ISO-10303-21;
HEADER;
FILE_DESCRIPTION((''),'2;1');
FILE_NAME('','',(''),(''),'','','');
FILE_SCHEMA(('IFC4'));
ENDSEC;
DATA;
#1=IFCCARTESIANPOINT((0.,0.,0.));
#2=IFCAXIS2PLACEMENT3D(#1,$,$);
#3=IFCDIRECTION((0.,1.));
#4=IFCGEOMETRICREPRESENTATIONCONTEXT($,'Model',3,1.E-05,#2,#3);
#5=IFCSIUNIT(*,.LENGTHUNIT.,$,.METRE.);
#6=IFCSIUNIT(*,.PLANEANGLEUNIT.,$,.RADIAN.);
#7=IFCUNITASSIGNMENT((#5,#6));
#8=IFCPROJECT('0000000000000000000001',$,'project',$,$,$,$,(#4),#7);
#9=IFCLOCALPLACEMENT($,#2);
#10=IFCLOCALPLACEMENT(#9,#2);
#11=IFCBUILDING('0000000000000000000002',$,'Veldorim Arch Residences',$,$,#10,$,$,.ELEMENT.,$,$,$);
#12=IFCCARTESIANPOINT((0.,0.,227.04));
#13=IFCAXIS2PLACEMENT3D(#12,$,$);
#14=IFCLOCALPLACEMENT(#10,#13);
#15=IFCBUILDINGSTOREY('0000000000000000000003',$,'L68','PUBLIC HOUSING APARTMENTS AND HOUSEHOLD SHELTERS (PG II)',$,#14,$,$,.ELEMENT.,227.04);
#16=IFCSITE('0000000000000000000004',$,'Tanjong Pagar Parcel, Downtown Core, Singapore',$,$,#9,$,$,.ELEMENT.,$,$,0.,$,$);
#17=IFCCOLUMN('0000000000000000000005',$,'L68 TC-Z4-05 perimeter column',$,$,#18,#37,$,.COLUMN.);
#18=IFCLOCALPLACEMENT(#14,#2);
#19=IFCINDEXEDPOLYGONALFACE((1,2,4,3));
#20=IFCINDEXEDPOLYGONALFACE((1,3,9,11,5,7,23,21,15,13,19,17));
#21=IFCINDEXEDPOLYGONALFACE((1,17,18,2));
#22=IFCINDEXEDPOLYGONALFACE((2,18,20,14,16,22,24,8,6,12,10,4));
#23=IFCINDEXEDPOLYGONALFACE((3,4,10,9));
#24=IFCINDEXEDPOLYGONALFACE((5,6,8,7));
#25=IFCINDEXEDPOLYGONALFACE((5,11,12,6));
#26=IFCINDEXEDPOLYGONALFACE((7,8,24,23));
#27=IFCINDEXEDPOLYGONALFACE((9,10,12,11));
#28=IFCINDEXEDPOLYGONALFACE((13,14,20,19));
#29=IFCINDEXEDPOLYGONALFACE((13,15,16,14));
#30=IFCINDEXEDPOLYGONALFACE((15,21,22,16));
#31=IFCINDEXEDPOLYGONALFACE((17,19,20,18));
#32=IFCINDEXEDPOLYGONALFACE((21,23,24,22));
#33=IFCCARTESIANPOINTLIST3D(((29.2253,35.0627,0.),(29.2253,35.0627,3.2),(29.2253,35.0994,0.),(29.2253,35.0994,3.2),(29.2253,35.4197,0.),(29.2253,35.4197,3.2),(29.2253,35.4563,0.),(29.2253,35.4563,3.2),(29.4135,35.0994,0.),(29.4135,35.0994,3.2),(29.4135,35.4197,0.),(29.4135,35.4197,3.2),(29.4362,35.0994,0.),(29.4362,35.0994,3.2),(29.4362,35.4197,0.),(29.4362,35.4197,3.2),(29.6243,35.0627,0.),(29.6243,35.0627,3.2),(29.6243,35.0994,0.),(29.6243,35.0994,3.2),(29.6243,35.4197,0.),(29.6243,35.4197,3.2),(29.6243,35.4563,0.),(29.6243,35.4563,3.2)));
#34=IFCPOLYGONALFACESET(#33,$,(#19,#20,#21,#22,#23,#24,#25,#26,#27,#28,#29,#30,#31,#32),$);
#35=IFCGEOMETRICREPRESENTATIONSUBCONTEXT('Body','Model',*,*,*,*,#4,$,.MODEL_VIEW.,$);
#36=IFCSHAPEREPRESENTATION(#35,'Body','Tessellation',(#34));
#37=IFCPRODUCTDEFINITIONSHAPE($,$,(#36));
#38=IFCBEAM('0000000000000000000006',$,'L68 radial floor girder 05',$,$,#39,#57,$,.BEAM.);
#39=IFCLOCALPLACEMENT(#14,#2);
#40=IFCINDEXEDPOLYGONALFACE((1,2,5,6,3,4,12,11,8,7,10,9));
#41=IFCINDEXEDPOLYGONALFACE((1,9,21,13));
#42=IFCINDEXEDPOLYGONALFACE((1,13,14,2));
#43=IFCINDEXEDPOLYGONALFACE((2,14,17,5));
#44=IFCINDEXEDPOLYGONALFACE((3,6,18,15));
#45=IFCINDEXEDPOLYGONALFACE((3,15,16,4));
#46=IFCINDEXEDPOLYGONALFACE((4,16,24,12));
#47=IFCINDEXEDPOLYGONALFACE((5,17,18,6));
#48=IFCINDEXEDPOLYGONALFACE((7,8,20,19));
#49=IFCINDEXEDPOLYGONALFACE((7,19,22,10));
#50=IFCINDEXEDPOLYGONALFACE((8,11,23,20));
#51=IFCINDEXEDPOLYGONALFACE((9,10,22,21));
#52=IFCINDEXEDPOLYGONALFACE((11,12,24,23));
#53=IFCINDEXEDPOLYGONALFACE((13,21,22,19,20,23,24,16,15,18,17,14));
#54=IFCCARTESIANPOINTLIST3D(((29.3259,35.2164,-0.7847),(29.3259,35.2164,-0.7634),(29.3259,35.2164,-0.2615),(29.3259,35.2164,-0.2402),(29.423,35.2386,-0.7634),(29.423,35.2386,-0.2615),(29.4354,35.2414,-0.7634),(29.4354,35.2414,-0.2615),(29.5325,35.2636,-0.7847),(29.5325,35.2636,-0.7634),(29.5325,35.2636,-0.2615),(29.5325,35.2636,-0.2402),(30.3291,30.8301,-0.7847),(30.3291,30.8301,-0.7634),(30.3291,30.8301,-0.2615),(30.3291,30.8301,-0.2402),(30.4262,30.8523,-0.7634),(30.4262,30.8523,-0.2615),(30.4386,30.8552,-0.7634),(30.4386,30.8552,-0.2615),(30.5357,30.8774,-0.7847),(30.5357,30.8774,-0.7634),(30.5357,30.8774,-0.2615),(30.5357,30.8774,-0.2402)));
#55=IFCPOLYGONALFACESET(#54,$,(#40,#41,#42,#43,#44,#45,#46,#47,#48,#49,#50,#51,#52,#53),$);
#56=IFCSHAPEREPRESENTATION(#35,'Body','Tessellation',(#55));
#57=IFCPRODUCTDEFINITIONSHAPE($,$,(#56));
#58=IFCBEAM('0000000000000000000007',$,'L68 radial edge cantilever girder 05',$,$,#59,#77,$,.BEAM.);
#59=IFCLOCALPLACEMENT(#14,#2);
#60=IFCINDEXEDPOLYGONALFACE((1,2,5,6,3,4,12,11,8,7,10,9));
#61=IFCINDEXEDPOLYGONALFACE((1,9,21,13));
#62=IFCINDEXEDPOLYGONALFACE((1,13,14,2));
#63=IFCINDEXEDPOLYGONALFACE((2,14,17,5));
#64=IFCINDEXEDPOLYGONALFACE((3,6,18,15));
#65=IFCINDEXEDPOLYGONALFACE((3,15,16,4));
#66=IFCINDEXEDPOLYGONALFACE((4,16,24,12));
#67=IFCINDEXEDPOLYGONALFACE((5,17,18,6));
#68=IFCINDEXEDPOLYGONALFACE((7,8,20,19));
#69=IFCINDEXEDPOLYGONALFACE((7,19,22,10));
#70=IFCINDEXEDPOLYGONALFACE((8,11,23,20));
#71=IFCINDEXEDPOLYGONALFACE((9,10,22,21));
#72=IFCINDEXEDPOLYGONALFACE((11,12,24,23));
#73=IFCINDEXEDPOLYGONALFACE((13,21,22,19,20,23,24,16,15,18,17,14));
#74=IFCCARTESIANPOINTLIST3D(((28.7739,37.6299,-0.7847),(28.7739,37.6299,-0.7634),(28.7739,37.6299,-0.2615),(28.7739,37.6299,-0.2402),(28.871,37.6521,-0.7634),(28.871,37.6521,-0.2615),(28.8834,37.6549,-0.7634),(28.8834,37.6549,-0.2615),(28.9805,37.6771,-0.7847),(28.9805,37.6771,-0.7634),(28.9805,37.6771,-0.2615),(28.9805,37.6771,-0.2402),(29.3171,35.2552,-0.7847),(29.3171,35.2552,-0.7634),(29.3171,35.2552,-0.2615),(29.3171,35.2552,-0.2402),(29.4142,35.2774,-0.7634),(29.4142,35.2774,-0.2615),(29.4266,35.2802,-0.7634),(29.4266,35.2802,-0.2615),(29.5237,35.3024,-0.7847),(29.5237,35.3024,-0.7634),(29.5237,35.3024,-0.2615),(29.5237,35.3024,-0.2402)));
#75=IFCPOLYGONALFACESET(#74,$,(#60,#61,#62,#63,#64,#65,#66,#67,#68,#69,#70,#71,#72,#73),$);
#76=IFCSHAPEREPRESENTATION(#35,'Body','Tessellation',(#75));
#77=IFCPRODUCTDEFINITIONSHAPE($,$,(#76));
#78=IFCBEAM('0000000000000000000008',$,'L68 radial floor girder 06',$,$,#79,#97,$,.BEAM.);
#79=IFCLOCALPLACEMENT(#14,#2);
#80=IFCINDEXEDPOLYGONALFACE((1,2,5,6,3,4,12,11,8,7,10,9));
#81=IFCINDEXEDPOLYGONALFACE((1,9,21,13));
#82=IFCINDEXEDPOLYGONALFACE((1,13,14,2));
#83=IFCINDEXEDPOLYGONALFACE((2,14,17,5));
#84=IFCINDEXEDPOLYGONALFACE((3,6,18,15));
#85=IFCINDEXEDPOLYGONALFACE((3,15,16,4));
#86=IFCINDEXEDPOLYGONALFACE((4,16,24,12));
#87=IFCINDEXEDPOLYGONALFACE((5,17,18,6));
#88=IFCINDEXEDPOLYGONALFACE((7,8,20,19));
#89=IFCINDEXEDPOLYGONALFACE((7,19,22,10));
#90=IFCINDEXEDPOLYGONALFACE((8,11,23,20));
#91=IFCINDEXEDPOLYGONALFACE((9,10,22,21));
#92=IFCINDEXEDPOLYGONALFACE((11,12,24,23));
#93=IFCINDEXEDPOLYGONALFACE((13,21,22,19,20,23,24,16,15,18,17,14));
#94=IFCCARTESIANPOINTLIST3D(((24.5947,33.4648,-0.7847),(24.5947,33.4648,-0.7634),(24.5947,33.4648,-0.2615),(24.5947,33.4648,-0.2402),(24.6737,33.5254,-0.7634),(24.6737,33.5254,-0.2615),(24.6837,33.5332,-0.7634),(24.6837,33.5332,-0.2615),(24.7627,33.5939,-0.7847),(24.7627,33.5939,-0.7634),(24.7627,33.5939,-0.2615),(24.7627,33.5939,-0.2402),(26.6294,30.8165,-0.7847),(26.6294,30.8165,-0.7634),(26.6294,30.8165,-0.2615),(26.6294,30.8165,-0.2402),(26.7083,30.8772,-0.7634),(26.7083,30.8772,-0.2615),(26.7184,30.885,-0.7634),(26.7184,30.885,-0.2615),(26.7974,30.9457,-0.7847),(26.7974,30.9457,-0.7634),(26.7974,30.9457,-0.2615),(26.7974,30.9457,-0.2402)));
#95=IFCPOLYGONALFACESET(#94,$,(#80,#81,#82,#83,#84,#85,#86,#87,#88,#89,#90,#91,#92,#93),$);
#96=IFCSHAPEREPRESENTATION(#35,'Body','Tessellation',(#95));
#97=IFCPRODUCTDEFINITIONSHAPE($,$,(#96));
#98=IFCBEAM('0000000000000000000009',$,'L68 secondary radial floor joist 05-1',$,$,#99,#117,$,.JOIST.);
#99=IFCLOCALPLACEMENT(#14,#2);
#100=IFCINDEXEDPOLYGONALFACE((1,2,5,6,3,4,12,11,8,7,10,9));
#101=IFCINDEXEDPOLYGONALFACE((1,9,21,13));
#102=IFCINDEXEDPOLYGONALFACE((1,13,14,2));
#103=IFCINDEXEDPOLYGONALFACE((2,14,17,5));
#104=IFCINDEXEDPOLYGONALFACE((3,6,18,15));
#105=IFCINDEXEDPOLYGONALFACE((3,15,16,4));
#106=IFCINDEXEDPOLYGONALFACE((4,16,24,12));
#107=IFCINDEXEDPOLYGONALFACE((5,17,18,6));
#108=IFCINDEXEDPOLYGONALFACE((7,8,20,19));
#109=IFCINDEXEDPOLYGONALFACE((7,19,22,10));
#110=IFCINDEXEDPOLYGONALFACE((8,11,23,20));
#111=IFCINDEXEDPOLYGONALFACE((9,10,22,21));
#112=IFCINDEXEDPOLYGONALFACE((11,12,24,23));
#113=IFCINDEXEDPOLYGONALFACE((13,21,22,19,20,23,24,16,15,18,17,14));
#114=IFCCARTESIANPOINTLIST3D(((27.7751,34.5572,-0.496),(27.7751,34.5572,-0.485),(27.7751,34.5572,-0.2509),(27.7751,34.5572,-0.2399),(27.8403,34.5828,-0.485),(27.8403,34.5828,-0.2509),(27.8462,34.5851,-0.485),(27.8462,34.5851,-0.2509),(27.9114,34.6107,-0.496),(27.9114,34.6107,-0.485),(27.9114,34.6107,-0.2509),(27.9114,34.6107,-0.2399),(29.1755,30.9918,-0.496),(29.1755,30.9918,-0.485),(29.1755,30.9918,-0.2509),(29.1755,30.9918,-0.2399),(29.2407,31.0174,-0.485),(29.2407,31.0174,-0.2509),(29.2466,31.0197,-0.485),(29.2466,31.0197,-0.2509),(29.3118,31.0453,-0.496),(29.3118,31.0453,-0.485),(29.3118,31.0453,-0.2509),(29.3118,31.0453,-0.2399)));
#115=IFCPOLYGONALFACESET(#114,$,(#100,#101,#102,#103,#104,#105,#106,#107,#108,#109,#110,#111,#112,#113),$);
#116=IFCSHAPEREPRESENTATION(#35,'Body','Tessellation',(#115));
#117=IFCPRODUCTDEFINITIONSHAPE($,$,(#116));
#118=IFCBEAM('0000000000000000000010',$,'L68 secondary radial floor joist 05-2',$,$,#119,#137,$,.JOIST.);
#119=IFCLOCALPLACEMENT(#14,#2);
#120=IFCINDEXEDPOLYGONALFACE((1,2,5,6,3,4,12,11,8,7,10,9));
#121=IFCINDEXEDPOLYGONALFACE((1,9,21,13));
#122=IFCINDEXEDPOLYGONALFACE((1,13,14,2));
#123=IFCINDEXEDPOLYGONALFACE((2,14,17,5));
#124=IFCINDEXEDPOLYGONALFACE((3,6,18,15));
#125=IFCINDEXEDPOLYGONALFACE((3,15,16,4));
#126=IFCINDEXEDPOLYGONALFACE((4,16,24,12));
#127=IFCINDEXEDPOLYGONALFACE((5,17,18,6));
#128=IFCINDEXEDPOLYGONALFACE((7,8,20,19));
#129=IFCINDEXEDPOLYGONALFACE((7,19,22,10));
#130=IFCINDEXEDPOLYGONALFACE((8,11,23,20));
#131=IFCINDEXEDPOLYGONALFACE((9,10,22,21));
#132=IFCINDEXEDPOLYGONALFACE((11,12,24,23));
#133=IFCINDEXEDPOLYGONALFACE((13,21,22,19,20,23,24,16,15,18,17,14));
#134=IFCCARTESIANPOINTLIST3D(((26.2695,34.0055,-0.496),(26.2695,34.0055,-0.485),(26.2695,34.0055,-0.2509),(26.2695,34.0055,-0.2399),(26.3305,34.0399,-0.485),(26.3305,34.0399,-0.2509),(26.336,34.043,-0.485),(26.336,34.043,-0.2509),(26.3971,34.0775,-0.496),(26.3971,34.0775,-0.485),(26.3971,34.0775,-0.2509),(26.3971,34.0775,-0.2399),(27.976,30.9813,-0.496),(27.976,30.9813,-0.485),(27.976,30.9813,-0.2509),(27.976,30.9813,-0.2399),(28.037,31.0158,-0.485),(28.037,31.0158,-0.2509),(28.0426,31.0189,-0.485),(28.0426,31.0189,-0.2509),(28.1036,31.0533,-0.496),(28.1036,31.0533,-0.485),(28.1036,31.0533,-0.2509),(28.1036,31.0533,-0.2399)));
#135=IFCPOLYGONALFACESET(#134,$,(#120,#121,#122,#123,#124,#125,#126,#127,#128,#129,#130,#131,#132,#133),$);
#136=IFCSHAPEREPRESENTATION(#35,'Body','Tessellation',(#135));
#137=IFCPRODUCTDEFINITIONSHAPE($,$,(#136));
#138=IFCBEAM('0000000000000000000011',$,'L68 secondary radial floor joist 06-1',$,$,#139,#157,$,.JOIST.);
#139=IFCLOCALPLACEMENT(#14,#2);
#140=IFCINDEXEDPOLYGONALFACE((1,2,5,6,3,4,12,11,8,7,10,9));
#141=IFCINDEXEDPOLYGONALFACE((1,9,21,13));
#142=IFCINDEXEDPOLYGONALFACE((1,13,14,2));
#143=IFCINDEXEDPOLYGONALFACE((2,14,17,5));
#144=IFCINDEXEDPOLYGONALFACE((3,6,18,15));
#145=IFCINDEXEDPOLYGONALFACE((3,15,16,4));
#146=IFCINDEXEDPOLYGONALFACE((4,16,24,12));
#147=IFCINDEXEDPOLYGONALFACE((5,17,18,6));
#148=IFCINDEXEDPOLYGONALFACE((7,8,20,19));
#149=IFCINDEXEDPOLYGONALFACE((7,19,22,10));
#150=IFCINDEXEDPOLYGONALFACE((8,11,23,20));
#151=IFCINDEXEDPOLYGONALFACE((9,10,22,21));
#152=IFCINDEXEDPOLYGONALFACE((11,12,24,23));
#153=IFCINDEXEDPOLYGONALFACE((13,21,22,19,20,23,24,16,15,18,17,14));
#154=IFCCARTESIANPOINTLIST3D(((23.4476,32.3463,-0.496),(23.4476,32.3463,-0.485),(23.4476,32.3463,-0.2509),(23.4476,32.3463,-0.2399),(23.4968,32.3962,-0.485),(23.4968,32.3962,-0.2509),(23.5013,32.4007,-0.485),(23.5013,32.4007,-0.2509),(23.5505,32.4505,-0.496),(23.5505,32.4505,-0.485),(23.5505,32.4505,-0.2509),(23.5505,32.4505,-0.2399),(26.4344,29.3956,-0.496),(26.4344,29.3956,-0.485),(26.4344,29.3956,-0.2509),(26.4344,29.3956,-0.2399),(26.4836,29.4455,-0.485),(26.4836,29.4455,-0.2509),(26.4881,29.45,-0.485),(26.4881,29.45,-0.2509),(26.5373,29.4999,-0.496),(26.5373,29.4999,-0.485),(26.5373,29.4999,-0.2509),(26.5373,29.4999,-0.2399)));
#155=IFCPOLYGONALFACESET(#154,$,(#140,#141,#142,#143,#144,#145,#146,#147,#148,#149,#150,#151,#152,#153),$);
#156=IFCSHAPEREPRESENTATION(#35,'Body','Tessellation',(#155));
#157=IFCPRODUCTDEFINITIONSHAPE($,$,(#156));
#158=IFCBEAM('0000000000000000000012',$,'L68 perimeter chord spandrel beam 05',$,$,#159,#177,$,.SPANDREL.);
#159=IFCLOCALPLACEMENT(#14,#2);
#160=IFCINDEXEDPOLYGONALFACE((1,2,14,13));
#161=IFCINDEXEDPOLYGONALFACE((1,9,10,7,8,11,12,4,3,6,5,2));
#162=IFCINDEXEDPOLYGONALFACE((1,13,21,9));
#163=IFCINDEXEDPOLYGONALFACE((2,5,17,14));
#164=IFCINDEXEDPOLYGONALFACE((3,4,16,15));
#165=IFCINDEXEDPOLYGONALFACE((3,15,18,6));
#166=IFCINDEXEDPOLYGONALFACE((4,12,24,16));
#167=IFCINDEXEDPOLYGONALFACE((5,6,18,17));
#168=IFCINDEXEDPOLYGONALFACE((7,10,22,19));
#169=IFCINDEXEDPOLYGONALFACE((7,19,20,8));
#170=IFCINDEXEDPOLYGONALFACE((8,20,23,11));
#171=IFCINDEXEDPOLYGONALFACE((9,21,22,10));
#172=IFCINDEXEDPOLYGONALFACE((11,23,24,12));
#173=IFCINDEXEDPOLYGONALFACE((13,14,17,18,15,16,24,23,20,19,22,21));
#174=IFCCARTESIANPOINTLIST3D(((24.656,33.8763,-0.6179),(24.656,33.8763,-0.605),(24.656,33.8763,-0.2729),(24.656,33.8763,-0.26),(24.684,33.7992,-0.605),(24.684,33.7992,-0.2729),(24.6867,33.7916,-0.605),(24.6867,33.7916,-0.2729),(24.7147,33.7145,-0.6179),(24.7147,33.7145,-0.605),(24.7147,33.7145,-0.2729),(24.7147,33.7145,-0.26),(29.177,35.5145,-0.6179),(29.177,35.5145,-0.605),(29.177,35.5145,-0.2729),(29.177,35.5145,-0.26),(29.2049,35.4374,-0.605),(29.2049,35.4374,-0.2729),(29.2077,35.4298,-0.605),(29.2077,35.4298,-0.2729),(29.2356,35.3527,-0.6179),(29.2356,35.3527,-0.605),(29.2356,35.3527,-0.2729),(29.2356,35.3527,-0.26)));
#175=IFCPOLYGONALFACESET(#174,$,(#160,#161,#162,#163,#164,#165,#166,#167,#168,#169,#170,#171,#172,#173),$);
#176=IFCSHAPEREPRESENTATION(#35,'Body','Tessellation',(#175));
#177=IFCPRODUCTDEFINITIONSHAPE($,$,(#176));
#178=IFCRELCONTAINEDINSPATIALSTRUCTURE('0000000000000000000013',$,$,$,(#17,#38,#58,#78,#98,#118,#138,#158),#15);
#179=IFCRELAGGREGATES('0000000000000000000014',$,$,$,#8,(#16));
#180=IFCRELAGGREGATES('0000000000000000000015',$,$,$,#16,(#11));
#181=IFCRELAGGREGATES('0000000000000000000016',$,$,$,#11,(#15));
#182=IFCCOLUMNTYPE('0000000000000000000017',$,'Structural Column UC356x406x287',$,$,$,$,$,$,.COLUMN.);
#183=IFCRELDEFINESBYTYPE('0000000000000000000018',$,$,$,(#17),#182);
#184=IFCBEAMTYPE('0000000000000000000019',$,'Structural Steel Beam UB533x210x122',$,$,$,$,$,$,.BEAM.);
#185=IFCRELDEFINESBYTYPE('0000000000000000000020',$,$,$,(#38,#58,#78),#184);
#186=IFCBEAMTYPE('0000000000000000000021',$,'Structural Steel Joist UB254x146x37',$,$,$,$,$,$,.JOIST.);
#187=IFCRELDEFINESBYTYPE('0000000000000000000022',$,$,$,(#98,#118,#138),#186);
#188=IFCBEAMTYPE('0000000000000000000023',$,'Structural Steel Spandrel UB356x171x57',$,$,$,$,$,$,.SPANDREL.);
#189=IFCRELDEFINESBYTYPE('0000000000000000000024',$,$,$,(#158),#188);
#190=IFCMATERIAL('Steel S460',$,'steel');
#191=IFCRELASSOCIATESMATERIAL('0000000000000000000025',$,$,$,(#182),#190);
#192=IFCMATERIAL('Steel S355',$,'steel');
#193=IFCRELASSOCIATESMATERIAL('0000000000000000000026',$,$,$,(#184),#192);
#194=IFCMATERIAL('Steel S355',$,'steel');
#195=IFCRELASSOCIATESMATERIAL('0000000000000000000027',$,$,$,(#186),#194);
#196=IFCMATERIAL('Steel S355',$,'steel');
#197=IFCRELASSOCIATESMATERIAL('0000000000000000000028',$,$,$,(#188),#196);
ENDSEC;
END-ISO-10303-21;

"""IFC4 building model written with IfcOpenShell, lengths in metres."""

from ifc_helpers import new_model, si_unit, direction, frame, origin, origin_2d, place, context, subcontext, project, spatial, i_section, extrude, material, material_profile, profile_set, type_object, element, save


model = new_model("IFC4")

# Units and contexts
model_context = context("Model", 3, precision=1e-05, world=origin(), true_north=direction((0.0, 1.0)))
body_context = subcontext(model_context, "Body", "Model", "MODEL_VIEW")
ifc_project = project(units=[si_unit("LENGTHUNIT", "METRE"), si_unit("PLANEANGLEUNIT", "RADIAN")], contexts=[model_context])

# Site, building, storey
site_placement = place(None, origin())
site = spatial("IfcSite", under=ifc_project, at=site_placement, Name="Tanjong Pagar Parcel, Downtown Core, Singapore", CompositionType="ELEMENT", RefElevation=0.0)
building_placement = place(site_placement, origin())
building = spatial("IfcBuilding", under=site, at=building_placement, Name="Veldorim Arch Residences", CompositionType="ELEMENT")
storey_placement = place(building_placement, frame((0.0, 0.0, 227.04)))
storey = spatial("IfcBuildingStorey", under=building, at=storey_placement, Name="L68", Description="PUBLIC HOUSING APARTMENTS AND HOUSEHOLD SHELTERS (PG II)", CompositionType="ELEMENT", Elevation=227.04)

# Column
ifc_material_1 = material(Name="Steel S460", Category="steel")
ifc_material_profile_1 = material_profile(ifc_material_1, i_section(OverallWidth=0.3989, OverallDepth=0.3936, WebThickness=0.0227, FlangeThickness=0.0366, at=origin_2d()), Name="UC356x406x287")
ifc_profile_set_1 = profile_set([ifc_material_profile_1], Name="Steel S460")
column_type = type_object("IfcColumnType", Name="Structural Column UC356x406x287", PredefinedType="COLUMN", material=ifc_profile_set_1)
column_placement = place(storey_placement, frame((29.4248, 35.2595, 0.0), z_axis=(0.0, 0.0, 1.0), x_axis=(1.0, 0.0, 0.0)))
element("IfcColumn", 1, at=column_placement, inside=storey, type_object=column_type, Name="L68 TC-Z4-05 perimeter column", PredefinedType="COLUMN", context=body_context, shape_type="SweptSolid", body=[
    extrude(i_section(OverallWidth=0.3989, OverallDepth=0.3936, WebThickness=0.0227, FlangeThickness=0.0366, at=origin_2d()), origin(), (0.0, 0.0, 1.0), 3.2),
])

# Beams
ifc_material_2 = material(Name="Steel S355", Category="steel")
ifc_material_profile_2 = material_profile(ifc_material_2, i_section(OverallWidth=0.2119, OverallDepth=0.5444, WebThickness=0.0127, FlangeThickness=0.0212, at=origin_2d()), Name="UB533x210x122")
ifc_profile_set_2 = profile_set([ifc_material_profile_2], Name="Steel S355")
beam_type_1 = type_object("IfcBeamType", Name="Structural Steel Beam UB533x210x122", PredefinedType="BEAM", material=ifc_profile_set_2)
beam_1_placement = place(storey_placement, frame((30.4324, 30.8538, -0.5125), z_axis=(-0.222953, 0.974829, 0.0), x_axis=(-0.974829, -0.222953, 0.0)))
element("IfcBeam", 2, at=beam_1_placement, inside=storey, type_object=beam_type_1, Name="L68 radial floor girder 05", PredefinedType="BEAM", context=body_context, shape_type="SweptSolid", body=[
    extrude(i_section(OverallWidth=0.2119, OverallDepth=0.5444, WebThickness=0.0127, FlangeThickness=0.0212, at=origin_2d()), origin(), (0.0, 0.0, 1.0), 4.4995),
])
beam_2_placement = place(storey_placement, frame((29.4204, 35.2788, -0.5125), z_axis=(-0.222985, 0.974822, 0.0), x_axis=(-0.974822, -0.222985, 0.0)))
element("IfcBeam", 3, at=beam_2_placement, inside=storey, type_object=beam_type_1, Name="L68 radial edge cantilever girder 05", PredefinedType="BEAM", context=body_context, shape_type="SweptSolid", body=[
    extrude(i_section(OverallWidth=0.2119, OverallDepth=0.5444, WebThickness=0.0127, FlangeThickness=0.0212, at=origin_2d()), origin(), (0.0, 0.0, 1.0), 2.436),
])
beam_3_placement = place(storey_placement, frame((26.7134, 30.8811, -0.5125), z_axis=(-0.609258, 0.792972, 0.0), x_axis=(-0.792972, -0.609258, 0.0)))
element("IfcBeam", 4, at=beam_3_placement, inside=storey, type_object=beam_type_1, Name="L68 radial floor girder 06", PredefinedType="BEAM", context=body_context, shape_type="SweptSolid", body=[
    extrude(i_section(OverallWidth=0.2119, OverallDepth=0.5444, WebThickness=0.0127, FlangeThickness=0.0212, at=origin_2d()), origin(), (0.0, 0.0, 1.0), 3.3396),
])
ifc_material_3 = material(Name="Steel S355", Category="steel")
ifc_material_profile_3 = material_profile(ifc_material_3, i_section(OverallWidth=0.1465, OverallDepth=0.2561, WebThickness=0.0063, FlangeThickness=0.011, at=origin_2d()), Name="UB254x146x37")
ifc_profile_set_3 = profile_set([ifc_material_profile_3], Name="Steel S355")
beam_type_2 = type_object("IfcBeamType", Name="Structural Steel Joist UB254x146x37", PredefinedType="JOIST", material=ifc_profile_set_3)
beam_4_placement = place(storey_placement, frame((29.2437, 31.0186, -0.3679), z_axis=(-0.365581, 0.930779, 0.0), x_axis=(-0.930779, -0.365581, 0.0)))
element("IfcBeam", 5, at=beam_4_placement, inside=storey, type_object=beam_type_2, Name="L68 secondary radial floor joist 05-1", PredefinedType="JOIST", context=body_context, shape_type="SweptSolid", body=[
    extrude(i_section(OverallWidth=0.1465, OverallDepth=0.2561, WebThickness=0.0063, FlangeThickness=0.011, at=origin_2d()), origin(), (0.0, 0.0, 1.0), 3.8306),
])
beam_5_placement = place(storey_placement, frame((28.0398, 31.0173, -0.3679), z_axis=(-0.491452, 0.870904, 0.0), x_axis=(-0.870904, -0.491452, 0.0)))
element("IfcBeam", 6, at=beam_5_placement, inside=storey, type_object=beam_type_2, Name="L68 secondary radial floor joist 05-2", PredefinedType="JOIST", context=body_context, shape_type="SweptSolid", body=[
    extrude(i_section(OverallWidth=0.1465, OverallDepth=0.2561, WebThickness=0.0063, FlangeThickness=0.011, at=origin_2d()), origin(), (0.0, 0.0, 1.0), 3.4724),
])
beam_6_placement = place(storey_placement, frame((26.4858, 29.4478, -0.3679), z_axis=(-0.711397, 0.702791, 0.0), x_axis=(-0.702791, -0.711397, 0.0)))
element("IfcBeam", 7, at=beam_6_placement, inside=storey, type_object=beam_type_2, Name="L68 secondary radial floor joist 06-1", PredefinedType="JOIST", context=body_context, shape_type="SweptSolid", body=[
    extrude(i_section(OverallWidth=0.1465, OverallDepth=0.2561, WebThickness=0.0063, FlangeThickness=0.011, at=origin_2d()), origin(), (0.0, 0.0, 1.0), 4.1985),
])
ifc_material_4 = material(Name="Steel S355", Category="steel")
ifc_material_profile_4 = material_profile(ifc_material_4, i_section(OverallWidth=0.1721, OverallDepth=0.3579, WebThickness=0.0081, FlangeThickness=0.0129, at=origin_2d()), Name="UB356x171x57")
ifc_profile_set_4 = profile_set([ifc_material_profile_4], Name="Steel S355")
beam_type_3 = type_object("IfcBeamType", Name="Structural Steel Spandrel UB356x171x57", PredefinedType="SPANDREL", material=ifc_profile_set_4)
beam_7_placement = place(storey_placement, frame((29.2063, 35.4336, -0.439), z_axis=(-0.940181, -0.340675, 0.0), x_axis=(0.340675, -0.940181, 0.0)))
element("IfcBeam", 8, at=beam_7_placement, inside=storey, type_object=beam_type_3, Name="L68 perimeter chord spandrel beam 05", PredefinedType="SPANDREL", context=body_context, shape_type="SweptSolid", body=[
    extrude(i_section(OverallWidth=0.1721, OverallDepth=0.3579, WebThickness=0.0081, FlangeThickness=0.0129, at=origin_2d()), origin(), (0.0, 0.0, 1.0), 4.8086),
])

save(model, "model.ifc")
